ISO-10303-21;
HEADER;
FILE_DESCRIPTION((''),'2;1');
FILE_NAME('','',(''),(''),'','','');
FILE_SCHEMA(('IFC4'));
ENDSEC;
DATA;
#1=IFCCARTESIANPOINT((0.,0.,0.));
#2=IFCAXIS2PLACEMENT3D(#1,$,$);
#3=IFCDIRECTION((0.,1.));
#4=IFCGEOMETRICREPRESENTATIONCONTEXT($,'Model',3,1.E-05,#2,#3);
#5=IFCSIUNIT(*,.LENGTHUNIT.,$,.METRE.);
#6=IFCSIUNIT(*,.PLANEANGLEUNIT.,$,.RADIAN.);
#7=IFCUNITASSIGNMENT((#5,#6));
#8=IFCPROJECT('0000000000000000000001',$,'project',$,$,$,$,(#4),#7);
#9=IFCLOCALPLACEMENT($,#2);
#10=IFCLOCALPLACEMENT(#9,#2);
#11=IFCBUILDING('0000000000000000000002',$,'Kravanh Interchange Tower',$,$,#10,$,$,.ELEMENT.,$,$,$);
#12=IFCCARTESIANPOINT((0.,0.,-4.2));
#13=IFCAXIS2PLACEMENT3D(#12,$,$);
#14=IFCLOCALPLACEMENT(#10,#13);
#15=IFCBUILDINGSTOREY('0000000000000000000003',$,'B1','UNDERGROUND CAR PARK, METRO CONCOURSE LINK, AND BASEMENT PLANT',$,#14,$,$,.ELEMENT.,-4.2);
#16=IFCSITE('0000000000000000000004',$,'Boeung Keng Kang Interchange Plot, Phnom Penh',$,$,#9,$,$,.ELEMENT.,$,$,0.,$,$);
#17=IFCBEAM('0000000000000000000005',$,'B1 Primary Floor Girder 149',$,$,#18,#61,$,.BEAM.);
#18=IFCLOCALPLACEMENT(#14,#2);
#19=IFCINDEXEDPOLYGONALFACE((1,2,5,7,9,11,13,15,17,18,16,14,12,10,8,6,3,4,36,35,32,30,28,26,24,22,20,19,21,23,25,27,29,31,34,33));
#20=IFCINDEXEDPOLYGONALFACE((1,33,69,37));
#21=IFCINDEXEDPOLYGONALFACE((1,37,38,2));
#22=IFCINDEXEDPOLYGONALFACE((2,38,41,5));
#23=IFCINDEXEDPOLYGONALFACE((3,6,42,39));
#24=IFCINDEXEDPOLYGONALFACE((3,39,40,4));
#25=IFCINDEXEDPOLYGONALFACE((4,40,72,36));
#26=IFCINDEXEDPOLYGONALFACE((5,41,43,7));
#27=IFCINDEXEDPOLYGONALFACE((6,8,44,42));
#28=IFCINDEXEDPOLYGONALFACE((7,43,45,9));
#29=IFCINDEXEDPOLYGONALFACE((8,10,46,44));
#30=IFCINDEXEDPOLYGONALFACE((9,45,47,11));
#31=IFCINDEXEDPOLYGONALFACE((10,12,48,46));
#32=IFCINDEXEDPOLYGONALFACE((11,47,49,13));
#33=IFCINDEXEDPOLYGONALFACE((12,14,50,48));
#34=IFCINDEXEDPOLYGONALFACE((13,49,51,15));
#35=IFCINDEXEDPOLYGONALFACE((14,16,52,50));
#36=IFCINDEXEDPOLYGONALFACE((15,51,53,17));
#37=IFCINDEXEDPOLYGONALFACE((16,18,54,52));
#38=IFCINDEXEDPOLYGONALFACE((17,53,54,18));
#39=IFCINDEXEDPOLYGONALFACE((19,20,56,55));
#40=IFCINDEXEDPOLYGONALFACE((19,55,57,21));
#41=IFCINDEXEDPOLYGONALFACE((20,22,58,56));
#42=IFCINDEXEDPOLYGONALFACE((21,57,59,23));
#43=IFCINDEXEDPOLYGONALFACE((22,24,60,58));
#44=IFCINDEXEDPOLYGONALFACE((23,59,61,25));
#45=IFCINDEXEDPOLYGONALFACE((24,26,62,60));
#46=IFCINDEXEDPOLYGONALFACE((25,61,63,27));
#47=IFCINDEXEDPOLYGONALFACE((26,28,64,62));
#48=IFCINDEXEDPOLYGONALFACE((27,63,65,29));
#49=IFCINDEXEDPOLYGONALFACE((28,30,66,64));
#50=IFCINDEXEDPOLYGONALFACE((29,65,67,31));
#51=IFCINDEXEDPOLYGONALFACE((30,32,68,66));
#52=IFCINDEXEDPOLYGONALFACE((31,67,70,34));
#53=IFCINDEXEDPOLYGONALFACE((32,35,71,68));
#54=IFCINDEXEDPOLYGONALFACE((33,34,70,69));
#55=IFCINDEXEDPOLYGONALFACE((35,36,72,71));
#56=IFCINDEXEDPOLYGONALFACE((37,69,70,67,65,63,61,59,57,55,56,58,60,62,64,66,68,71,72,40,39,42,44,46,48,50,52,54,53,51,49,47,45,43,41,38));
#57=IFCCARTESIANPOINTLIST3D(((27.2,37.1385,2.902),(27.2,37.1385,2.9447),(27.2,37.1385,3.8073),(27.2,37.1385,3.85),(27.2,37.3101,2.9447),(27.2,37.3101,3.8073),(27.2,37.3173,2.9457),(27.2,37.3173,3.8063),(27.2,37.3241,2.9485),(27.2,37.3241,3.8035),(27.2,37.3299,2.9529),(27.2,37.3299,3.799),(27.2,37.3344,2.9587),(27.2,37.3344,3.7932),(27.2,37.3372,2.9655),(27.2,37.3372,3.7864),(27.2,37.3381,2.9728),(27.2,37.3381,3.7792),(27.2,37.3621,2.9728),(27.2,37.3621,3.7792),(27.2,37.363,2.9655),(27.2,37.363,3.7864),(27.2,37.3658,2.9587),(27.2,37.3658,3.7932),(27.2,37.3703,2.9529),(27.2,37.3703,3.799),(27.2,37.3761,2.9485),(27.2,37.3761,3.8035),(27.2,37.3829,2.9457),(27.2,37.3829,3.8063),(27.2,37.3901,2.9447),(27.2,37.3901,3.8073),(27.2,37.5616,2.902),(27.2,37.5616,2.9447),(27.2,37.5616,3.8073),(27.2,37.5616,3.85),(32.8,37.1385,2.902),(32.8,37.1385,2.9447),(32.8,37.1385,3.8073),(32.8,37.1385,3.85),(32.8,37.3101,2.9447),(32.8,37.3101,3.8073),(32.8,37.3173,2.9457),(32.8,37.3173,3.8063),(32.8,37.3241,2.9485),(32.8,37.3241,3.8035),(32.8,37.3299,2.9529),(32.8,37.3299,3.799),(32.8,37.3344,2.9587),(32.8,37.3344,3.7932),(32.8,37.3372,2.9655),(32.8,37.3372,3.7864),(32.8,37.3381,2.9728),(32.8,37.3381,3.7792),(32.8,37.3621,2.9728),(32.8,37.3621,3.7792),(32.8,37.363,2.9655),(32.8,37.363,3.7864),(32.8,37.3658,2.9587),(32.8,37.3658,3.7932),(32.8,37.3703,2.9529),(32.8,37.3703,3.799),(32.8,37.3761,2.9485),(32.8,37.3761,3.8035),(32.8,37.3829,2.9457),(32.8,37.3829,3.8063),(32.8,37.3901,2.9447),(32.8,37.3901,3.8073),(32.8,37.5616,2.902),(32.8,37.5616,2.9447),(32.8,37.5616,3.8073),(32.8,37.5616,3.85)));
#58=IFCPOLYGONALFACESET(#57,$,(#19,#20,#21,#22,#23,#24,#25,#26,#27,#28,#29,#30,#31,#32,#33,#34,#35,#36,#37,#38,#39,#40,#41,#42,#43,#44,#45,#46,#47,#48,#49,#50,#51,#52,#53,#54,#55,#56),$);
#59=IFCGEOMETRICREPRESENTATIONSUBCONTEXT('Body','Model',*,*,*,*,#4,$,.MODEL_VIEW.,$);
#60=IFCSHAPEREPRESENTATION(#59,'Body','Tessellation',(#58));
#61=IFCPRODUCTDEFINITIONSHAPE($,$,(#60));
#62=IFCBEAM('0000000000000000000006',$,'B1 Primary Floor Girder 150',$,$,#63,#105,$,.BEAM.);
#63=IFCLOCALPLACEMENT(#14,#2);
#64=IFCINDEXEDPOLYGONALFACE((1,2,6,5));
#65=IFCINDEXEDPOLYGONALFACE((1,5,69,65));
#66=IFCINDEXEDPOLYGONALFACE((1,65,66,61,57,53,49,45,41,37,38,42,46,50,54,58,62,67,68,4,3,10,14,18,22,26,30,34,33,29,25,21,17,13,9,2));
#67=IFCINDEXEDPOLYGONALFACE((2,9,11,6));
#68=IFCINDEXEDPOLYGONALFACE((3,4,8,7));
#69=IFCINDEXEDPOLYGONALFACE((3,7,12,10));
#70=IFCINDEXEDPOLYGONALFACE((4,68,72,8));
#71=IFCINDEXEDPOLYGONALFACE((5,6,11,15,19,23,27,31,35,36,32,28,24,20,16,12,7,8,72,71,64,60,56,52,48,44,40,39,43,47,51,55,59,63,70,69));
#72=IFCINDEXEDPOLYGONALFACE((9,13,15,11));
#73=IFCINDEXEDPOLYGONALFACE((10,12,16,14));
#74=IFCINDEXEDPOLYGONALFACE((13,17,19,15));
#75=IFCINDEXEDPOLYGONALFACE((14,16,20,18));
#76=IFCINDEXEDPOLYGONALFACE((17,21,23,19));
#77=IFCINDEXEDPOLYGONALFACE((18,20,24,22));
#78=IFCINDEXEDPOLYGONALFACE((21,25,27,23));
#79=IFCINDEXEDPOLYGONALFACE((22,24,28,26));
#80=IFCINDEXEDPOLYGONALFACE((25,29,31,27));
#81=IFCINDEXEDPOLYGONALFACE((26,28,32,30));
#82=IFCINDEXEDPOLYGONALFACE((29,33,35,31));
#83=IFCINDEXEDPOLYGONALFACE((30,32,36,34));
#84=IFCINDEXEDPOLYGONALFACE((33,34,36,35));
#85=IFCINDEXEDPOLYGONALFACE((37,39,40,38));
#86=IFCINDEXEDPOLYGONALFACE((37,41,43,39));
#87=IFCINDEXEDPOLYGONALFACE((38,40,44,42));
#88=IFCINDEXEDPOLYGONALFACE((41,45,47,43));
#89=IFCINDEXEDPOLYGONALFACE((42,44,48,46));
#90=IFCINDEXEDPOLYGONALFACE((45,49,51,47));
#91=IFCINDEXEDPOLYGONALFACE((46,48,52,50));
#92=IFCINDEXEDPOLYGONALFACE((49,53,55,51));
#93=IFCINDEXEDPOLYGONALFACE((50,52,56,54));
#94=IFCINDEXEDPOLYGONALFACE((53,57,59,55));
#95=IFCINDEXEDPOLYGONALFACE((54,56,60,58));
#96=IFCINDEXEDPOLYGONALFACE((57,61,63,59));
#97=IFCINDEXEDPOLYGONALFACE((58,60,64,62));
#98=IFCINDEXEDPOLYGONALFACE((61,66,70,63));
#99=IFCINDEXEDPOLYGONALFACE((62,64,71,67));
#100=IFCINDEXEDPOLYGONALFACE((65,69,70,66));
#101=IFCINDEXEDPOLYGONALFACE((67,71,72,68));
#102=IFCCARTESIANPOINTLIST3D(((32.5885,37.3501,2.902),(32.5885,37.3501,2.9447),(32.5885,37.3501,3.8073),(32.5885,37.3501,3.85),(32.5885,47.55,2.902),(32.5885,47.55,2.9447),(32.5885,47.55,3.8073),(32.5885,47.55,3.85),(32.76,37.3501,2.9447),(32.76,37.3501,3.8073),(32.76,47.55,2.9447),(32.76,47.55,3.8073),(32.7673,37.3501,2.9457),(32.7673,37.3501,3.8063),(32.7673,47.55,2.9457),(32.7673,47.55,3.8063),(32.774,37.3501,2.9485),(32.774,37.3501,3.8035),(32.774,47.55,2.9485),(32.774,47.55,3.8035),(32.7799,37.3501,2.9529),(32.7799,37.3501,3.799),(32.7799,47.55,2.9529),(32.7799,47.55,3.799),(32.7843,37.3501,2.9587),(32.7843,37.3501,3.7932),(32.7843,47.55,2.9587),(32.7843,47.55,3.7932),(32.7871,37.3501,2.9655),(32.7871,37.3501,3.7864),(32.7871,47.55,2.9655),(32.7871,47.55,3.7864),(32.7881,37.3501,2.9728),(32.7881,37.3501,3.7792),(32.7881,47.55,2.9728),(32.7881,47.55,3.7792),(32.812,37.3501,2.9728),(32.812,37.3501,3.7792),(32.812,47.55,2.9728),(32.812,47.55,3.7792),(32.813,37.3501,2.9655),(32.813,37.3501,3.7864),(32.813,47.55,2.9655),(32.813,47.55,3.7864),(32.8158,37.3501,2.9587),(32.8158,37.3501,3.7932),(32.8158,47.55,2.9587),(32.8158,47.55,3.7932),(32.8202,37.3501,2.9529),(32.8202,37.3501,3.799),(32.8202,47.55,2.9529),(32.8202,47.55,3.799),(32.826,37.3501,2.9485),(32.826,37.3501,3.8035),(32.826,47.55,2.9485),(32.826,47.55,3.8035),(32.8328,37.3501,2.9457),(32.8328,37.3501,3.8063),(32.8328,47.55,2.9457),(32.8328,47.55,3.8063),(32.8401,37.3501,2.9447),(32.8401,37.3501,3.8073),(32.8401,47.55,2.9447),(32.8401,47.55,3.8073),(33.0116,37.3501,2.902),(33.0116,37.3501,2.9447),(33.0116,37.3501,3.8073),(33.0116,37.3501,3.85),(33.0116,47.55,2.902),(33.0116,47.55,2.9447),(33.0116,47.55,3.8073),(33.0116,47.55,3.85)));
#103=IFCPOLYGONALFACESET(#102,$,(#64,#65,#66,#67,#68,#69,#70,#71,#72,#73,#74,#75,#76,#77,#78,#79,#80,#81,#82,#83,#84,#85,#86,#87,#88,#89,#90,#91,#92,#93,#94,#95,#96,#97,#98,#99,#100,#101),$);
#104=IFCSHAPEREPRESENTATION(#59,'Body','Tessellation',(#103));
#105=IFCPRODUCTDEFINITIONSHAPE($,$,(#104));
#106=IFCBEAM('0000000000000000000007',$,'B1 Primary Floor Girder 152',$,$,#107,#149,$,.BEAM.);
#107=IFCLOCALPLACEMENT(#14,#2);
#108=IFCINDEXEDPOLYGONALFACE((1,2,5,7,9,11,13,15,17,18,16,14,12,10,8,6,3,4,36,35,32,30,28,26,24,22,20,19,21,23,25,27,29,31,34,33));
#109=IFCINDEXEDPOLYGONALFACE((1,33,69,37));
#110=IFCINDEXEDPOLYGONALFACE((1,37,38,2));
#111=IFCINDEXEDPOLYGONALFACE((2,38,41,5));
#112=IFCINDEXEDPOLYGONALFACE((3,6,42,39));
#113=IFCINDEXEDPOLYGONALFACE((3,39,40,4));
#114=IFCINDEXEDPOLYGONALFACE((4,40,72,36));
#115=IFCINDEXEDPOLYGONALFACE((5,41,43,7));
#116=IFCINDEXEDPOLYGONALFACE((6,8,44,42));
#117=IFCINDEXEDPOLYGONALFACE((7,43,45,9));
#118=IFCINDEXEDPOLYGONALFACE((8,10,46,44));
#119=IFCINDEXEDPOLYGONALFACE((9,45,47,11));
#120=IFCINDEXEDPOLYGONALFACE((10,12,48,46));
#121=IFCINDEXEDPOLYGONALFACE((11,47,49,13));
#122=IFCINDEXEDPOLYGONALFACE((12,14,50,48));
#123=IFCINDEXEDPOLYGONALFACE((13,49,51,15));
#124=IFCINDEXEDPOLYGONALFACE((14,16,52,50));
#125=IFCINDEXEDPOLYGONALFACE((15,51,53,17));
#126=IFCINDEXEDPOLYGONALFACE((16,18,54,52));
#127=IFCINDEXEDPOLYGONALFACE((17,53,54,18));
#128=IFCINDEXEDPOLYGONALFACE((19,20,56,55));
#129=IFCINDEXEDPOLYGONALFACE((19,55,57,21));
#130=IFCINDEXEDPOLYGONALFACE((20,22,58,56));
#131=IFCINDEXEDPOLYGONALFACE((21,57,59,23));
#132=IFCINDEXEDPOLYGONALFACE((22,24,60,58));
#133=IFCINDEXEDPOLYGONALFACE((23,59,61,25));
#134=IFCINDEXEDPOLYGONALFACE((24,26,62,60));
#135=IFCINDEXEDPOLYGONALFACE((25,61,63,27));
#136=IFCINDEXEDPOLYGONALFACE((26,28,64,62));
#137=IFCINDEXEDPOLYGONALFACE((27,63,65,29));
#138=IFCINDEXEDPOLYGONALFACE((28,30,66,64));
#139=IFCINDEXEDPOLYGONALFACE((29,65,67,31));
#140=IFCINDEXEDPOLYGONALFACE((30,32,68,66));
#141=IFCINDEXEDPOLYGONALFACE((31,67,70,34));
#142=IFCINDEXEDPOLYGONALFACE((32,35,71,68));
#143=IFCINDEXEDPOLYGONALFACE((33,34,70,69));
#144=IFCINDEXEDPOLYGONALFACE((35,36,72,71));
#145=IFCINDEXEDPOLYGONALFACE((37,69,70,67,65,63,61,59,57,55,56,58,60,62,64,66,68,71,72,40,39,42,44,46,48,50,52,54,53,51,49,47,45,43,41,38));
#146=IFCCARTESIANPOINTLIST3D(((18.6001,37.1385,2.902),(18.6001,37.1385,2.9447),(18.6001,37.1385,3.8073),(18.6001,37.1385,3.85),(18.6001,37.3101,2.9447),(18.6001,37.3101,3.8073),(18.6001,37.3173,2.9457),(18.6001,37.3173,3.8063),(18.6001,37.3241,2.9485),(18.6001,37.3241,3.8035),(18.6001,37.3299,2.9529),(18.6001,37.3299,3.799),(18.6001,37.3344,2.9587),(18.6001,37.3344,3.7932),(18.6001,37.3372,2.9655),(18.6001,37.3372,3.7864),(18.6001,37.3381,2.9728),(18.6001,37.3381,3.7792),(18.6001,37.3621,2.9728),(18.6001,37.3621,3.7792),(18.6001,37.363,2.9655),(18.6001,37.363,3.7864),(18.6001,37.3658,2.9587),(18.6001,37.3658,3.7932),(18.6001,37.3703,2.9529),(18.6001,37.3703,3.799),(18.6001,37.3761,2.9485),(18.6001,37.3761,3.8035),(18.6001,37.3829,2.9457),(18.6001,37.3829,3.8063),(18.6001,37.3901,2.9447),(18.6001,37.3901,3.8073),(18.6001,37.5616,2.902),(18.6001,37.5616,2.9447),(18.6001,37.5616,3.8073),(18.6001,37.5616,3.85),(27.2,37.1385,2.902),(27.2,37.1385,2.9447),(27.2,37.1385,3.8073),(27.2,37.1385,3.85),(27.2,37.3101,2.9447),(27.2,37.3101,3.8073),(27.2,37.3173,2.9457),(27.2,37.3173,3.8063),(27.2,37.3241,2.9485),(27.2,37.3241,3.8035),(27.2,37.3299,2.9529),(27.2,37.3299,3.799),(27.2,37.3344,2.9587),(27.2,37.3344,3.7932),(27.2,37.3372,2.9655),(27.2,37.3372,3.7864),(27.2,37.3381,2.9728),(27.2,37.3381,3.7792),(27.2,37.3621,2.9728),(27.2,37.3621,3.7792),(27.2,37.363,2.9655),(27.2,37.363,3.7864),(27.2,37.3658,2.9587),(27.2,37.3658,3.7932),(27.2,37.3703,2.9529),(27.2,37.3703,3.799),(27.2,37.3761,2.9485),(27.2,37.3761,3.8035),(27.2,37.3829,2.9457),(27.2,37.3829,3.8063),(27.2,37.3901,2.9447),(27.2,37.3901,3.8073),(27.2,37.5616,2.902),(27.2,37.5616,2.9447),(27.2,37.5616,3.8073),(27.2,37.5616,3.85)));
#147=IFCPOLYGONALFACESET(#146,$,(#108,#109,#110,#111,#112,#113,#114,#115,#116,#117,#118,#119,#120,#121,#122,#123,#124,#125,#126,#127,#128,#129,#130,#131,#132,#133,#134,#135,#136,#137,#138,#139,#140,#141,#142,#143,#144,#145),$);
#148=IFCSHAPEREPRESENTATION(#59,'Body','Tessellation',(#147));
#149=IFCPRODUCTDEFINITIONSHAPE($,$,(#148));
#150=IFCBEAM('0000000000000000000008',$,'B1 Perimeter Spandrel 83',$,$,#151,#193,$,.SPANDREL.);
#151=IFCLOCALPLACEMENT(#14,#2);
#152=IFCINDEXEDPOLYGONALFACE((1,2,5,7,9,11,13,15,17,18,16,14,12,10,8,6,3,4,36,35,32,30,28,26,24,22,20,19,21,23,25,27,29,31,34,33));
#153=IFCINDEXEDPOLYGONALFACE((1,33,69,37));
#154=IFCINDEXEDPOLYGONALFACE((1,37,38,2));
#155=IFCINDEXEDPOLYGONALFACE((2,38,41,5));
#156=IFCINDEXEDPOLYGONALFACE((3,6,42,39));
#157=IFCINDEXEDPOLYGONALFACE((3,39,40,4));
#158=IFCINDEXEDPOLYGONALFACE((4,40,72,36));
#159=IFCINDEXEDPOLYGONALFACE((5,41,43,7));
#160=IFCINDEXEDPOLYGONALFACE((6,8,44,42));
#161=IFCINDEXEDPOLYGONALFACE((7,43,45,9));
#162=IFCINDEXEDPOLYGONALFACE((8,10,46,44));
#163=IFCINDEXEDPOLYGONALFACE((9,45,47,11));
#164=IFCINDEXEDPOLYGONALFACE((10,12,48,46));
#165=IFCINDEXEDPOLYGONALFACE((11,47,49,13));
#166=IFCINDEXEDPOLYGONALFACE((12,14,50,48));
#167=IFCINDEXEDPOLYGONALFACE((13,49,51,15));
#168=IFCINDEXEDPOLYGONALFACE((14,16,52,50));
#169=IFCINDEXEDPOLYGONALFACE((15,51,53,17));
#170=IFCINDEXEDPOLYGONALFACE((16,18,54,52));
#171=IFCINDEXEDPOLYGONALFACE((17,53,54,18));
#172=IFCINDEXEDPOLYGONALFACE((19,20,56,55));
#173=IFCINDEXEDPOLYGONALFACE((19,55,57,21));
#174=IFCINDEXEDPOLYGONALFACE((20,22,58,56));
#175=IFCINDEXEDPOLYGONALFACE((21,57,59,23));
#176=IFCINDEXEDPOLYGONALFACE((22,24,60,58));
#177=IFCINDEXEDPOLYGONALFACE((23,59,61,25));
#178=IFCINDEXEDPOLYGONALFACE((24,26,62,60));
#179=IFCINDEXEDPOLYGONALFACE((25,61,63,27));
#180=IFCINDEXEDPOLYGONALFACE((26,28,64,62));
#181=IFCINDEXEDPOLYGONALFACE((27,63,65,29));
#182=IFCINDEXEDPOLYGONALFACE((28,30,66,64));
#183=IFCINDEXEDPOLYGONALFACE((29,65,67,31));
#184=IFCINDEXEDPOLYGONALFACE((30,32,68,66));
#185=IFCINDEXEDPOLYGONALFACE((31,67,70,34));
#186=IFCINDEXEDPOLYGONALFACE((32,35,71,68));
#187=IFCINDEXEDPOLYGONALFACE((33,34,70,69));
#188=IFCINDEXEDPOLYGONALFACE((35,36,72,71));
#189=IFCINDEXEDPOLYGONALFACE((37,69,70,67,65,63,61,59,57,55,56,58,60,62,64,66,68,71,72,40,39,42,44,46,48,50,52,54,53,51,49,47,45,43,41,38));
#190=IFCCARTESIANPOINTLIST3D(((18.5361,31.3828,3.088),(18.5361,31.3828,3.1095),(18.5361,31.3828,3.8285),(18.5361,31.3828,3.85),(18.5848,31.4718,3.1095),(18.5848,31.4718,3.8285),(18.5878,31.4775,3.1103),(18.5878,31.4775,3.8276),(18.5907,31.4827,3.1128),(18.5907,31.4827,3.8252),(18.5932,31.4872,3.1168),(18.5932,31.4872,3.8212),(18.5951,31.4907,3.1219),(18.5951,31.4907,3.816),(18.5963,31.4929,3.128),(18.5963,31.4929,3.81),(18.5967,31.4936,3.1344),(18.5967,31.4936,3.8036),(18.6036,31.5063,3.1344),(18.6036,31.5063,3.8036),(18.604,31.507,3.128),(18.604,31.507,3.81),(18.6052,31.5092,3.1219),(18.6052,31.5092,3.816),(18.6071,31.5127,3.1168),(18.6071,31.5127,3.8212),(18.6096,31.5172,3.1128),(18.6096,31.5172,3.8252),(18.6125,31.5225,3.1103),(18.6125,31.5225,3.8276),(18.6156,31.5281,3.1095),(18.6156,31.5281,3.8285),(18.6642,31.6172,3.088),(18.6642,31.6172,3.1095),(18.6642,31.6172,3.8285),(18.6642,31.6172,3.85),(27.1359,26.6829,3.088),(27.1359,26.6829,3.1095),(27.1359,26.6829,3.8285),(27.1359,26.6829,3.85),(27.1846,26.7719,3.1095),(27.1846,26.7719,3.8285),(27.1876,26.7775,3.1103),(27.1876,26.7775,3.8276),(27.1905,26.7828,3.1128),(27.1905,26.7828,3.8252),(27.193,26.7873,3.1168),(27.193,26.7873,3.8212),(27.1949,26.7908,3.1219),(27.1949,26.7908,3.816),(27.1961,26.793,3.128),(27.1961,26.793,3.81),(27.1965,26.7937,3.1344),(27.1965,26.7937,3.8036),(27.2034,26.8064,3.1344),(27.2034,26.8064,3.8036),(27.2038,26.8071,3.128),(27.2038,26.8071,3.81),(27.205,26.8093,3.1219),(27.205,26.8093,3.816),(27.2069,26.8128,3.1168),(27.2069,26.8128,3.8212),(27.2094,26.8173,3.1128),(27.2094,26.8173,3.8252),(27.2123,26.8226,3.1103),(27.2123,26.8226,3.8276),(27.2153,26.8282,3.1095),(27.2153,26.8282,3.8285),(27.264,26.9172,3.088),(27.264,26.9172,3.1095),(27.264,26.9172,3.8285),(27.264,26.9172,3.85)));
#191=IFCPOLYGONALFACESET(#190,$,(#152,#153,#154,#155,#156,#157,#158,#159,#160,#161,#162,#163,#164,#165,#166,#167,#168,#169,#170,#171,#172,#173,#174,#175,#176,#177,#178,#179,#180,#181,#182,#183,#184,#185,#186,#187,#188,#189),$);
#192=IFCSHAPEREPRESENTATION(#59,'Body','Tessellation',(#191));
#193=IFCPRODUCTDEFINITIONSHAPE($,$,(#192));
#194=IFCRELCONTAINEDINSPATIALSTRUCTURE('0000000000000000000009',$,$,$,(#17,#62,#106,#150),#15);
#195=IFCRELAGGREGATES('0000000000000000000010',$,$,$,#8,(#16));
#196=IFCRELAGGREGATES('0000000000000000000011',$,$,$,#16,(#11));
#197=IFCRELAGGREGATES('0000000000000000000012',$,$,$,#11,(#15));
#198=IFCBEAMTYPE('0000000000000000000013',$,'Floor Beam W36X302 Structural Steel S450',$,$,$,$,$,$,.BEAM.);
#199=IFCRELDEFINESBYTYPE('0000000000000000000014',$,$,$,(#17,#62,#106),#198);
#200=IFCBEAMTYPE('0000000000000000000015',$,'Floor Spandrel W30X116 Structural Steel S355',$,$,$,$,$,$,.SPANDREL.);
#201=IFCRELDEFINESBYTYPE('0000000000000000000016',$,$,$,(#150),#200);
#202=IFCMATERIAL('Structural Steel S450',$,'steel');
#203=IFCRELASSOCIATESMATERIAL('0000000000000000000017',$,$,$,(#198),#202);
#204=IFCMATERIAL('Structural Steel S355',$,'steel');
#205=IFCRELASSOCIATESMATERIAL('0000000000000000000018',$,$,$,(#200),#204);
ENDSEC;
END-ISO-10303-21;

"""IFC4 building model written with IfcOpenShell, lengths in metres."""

from ifc_helpers import new_model, si_unit, direction, frame, origin, origin_2d, place, context, subcontext, project, spatial, i_section, extrude, material, material_profile, profile_set, type_object, element, save


model = new_model("IFC4")

# Units and contexts
model_context = context("Model", 3, precision=1e-05, world=origin(), true_north=direction((0.0, 1.0)))
body_context = subcontext(model_context, "Body", "Model", "MODEL_VIEW")
ifc_project = project(units=[si_unit("LENGTHUNIT", "METRE"), si_unit("PLANEANGLEUNIT", "RADIAN")], contexts=[model_context])

# Site, building, storey
site_placement = place(None, origin())
site = spatial("IfcSite", under=ifc_project, at=site_placement, Name="Boeung Keng Kang Interchange Plot, Phnom Penh", CompositionType="ELEMENT", RefElevation=0.0)
building_placement = place(site_placement, origin())
building = spatial("IfcBuilding", under=site, at=building_placement, Name="Kravanh Interchange Tower", CompositionType="ELEMENT")
storey_placement = place(building_placement, frame((0.0, 0.0, -4.2)))
storey = spatial("IfcBuildingStorey", under=building, at=storey_placement, Name="B1", Description="UNDERGROUND CAR PARK, METRO CONCOURSE LINK, AND BASEMENT PLANT", CompositionType="ELEMENT", Elevation=-4.2)

# Beams
ifc_material_1 = material(Name="Structural Steel S450", Category="steel")
ifc_material_profile_1 = material_profile(ifc_material_1, i_section(OverallWidth=0.4231, OverallDepth=0.948, WebThickness=0.0239, FlangeThickness=0.0427, FilletRadius=0.0281, at=origin_2d()), Name="W36X302")
ifc_profile_set_1 = profile_set([ifc_material_profile_1], Name="Structural Steel S450")
beam_type_1 = type_object("IfcBeamType", Name="Floor Beam W36X302 Structural Steel S450", PredefinedType="BEAM", material=ifc_profile_set_1)
beam_1_placement = place(storey_placement, frame((32.8, 37.3501, 3.376), z_axis=(-1.0, 0.0, 0.0), x_axis=(0.0, -1.0, 0.0)))
element("IfcBeam", 1, at=beam_1_placement, inside=storey, type_object=beam_type_1, Name="B1 Primary Floor Girder 149", PredefinedType="BEAM", context=body_context, shape_type="SweptSolid", body=[
    extrude(i_section(OverallWidth=0.4231, OverallDepth=0.948, WebThickness=0.0239, FlangeThickness=0.0427, FilletRadius=0.0281, at=origin_2d()), origin(), (0.0, 0.0, 1.0), 5.6001),
])
beam_2_placement = place(storey_placement, frame((32.8, 37.3501, 3.376), z_axis=(0.0, 1.0, 0.0), x_axis=(-1.0, 0.0, 0.0)))
element("IfcBeam", 2, at=beam_2_placement, inside=storey, type_object=beam_type_1, Name="B1 Primary Floor Girder 150", PredefinedType="BEAM", context=body_context, shape_type="SweptSolid", body=[
    extrude(i_section(OverallWidth=0.4231, OverallDepth=0.948, WebThickness=0.0239, FlangeThickness=0.0427, FilletRadius=0.0281, at=origin_2d()), origin(), (0.0, 0.0, 1.0), 10.2),
])
beam_3_placement = place(storey_placement, frame((27.2, 37.3501, 3.376), z_axis=(-1.0, 0.0, 0.0), x_axis=(0.0, -1.0, 0.0)))
element("IfcBeam", 3, at=beam_3_placement, inside=storey, type_object=beam_type_1, Name="B1 Primary Floor Girder 152", PredefinedType="BEAM", context=body_context, shape_type="SweptSolid", body=[
    extrude(i_section(OverallWidth=0.4231, OverallDepth=0.948, WebThickness=0.0239, FlangeThickness=0.0427, FilletRadius=0.0281, at=origin_2d()), origin(), (0.0, 0.0, 1.0), 8.5999),
])
ifc_material_2 = material(Name="Structural Steel S355", Category="steel")
ifc_material_profile_2 = material_profile(ifc_material_2, i_section(OverallWidth=0.2671, OverallDepth=0.762, WebThickness=0.0144, FlangeThickness=0.0215, FilletRadius=0.0249, at=origin_2d()), Name="W30X116")
ifc_profile_set_2 = profile_set([ifc_material_profile_2], Name="Structural Steel S355")
beam_type_2 = type_object("IfcBeamType", Name="Floor Spandrel W30X116 Structural Steel S355", PredefinedType="SPANDREL", material=ifc_profile_set_2)
beam_4_placement = place(storey_placement, frame((27.2, 26.8, 3.469), z_axis=(-0.877504, 0.479569, 0.0), x_axis=(-0.479569, -0.877504, 0.0)))
element("IfcBeam", 4, at=beam_4_placement, inside=storey, type_object=beam_type_2, Name="B1 Perimeter Spandrel 83", PredefinedType="SPANDREL", context=body_context, shape_type="SweptSolid", body=[
    extrude(i_section(OverallWidth=0.2671, OverallDepth=0.762, WebThickness=0.0144, FlangeThickness=0.0215, FilletRadius=0.0249, at=origin_2d()), origin(), (0.0, 0.0, 1.0), 9.8003),
])

save(model, "model.ifc")
